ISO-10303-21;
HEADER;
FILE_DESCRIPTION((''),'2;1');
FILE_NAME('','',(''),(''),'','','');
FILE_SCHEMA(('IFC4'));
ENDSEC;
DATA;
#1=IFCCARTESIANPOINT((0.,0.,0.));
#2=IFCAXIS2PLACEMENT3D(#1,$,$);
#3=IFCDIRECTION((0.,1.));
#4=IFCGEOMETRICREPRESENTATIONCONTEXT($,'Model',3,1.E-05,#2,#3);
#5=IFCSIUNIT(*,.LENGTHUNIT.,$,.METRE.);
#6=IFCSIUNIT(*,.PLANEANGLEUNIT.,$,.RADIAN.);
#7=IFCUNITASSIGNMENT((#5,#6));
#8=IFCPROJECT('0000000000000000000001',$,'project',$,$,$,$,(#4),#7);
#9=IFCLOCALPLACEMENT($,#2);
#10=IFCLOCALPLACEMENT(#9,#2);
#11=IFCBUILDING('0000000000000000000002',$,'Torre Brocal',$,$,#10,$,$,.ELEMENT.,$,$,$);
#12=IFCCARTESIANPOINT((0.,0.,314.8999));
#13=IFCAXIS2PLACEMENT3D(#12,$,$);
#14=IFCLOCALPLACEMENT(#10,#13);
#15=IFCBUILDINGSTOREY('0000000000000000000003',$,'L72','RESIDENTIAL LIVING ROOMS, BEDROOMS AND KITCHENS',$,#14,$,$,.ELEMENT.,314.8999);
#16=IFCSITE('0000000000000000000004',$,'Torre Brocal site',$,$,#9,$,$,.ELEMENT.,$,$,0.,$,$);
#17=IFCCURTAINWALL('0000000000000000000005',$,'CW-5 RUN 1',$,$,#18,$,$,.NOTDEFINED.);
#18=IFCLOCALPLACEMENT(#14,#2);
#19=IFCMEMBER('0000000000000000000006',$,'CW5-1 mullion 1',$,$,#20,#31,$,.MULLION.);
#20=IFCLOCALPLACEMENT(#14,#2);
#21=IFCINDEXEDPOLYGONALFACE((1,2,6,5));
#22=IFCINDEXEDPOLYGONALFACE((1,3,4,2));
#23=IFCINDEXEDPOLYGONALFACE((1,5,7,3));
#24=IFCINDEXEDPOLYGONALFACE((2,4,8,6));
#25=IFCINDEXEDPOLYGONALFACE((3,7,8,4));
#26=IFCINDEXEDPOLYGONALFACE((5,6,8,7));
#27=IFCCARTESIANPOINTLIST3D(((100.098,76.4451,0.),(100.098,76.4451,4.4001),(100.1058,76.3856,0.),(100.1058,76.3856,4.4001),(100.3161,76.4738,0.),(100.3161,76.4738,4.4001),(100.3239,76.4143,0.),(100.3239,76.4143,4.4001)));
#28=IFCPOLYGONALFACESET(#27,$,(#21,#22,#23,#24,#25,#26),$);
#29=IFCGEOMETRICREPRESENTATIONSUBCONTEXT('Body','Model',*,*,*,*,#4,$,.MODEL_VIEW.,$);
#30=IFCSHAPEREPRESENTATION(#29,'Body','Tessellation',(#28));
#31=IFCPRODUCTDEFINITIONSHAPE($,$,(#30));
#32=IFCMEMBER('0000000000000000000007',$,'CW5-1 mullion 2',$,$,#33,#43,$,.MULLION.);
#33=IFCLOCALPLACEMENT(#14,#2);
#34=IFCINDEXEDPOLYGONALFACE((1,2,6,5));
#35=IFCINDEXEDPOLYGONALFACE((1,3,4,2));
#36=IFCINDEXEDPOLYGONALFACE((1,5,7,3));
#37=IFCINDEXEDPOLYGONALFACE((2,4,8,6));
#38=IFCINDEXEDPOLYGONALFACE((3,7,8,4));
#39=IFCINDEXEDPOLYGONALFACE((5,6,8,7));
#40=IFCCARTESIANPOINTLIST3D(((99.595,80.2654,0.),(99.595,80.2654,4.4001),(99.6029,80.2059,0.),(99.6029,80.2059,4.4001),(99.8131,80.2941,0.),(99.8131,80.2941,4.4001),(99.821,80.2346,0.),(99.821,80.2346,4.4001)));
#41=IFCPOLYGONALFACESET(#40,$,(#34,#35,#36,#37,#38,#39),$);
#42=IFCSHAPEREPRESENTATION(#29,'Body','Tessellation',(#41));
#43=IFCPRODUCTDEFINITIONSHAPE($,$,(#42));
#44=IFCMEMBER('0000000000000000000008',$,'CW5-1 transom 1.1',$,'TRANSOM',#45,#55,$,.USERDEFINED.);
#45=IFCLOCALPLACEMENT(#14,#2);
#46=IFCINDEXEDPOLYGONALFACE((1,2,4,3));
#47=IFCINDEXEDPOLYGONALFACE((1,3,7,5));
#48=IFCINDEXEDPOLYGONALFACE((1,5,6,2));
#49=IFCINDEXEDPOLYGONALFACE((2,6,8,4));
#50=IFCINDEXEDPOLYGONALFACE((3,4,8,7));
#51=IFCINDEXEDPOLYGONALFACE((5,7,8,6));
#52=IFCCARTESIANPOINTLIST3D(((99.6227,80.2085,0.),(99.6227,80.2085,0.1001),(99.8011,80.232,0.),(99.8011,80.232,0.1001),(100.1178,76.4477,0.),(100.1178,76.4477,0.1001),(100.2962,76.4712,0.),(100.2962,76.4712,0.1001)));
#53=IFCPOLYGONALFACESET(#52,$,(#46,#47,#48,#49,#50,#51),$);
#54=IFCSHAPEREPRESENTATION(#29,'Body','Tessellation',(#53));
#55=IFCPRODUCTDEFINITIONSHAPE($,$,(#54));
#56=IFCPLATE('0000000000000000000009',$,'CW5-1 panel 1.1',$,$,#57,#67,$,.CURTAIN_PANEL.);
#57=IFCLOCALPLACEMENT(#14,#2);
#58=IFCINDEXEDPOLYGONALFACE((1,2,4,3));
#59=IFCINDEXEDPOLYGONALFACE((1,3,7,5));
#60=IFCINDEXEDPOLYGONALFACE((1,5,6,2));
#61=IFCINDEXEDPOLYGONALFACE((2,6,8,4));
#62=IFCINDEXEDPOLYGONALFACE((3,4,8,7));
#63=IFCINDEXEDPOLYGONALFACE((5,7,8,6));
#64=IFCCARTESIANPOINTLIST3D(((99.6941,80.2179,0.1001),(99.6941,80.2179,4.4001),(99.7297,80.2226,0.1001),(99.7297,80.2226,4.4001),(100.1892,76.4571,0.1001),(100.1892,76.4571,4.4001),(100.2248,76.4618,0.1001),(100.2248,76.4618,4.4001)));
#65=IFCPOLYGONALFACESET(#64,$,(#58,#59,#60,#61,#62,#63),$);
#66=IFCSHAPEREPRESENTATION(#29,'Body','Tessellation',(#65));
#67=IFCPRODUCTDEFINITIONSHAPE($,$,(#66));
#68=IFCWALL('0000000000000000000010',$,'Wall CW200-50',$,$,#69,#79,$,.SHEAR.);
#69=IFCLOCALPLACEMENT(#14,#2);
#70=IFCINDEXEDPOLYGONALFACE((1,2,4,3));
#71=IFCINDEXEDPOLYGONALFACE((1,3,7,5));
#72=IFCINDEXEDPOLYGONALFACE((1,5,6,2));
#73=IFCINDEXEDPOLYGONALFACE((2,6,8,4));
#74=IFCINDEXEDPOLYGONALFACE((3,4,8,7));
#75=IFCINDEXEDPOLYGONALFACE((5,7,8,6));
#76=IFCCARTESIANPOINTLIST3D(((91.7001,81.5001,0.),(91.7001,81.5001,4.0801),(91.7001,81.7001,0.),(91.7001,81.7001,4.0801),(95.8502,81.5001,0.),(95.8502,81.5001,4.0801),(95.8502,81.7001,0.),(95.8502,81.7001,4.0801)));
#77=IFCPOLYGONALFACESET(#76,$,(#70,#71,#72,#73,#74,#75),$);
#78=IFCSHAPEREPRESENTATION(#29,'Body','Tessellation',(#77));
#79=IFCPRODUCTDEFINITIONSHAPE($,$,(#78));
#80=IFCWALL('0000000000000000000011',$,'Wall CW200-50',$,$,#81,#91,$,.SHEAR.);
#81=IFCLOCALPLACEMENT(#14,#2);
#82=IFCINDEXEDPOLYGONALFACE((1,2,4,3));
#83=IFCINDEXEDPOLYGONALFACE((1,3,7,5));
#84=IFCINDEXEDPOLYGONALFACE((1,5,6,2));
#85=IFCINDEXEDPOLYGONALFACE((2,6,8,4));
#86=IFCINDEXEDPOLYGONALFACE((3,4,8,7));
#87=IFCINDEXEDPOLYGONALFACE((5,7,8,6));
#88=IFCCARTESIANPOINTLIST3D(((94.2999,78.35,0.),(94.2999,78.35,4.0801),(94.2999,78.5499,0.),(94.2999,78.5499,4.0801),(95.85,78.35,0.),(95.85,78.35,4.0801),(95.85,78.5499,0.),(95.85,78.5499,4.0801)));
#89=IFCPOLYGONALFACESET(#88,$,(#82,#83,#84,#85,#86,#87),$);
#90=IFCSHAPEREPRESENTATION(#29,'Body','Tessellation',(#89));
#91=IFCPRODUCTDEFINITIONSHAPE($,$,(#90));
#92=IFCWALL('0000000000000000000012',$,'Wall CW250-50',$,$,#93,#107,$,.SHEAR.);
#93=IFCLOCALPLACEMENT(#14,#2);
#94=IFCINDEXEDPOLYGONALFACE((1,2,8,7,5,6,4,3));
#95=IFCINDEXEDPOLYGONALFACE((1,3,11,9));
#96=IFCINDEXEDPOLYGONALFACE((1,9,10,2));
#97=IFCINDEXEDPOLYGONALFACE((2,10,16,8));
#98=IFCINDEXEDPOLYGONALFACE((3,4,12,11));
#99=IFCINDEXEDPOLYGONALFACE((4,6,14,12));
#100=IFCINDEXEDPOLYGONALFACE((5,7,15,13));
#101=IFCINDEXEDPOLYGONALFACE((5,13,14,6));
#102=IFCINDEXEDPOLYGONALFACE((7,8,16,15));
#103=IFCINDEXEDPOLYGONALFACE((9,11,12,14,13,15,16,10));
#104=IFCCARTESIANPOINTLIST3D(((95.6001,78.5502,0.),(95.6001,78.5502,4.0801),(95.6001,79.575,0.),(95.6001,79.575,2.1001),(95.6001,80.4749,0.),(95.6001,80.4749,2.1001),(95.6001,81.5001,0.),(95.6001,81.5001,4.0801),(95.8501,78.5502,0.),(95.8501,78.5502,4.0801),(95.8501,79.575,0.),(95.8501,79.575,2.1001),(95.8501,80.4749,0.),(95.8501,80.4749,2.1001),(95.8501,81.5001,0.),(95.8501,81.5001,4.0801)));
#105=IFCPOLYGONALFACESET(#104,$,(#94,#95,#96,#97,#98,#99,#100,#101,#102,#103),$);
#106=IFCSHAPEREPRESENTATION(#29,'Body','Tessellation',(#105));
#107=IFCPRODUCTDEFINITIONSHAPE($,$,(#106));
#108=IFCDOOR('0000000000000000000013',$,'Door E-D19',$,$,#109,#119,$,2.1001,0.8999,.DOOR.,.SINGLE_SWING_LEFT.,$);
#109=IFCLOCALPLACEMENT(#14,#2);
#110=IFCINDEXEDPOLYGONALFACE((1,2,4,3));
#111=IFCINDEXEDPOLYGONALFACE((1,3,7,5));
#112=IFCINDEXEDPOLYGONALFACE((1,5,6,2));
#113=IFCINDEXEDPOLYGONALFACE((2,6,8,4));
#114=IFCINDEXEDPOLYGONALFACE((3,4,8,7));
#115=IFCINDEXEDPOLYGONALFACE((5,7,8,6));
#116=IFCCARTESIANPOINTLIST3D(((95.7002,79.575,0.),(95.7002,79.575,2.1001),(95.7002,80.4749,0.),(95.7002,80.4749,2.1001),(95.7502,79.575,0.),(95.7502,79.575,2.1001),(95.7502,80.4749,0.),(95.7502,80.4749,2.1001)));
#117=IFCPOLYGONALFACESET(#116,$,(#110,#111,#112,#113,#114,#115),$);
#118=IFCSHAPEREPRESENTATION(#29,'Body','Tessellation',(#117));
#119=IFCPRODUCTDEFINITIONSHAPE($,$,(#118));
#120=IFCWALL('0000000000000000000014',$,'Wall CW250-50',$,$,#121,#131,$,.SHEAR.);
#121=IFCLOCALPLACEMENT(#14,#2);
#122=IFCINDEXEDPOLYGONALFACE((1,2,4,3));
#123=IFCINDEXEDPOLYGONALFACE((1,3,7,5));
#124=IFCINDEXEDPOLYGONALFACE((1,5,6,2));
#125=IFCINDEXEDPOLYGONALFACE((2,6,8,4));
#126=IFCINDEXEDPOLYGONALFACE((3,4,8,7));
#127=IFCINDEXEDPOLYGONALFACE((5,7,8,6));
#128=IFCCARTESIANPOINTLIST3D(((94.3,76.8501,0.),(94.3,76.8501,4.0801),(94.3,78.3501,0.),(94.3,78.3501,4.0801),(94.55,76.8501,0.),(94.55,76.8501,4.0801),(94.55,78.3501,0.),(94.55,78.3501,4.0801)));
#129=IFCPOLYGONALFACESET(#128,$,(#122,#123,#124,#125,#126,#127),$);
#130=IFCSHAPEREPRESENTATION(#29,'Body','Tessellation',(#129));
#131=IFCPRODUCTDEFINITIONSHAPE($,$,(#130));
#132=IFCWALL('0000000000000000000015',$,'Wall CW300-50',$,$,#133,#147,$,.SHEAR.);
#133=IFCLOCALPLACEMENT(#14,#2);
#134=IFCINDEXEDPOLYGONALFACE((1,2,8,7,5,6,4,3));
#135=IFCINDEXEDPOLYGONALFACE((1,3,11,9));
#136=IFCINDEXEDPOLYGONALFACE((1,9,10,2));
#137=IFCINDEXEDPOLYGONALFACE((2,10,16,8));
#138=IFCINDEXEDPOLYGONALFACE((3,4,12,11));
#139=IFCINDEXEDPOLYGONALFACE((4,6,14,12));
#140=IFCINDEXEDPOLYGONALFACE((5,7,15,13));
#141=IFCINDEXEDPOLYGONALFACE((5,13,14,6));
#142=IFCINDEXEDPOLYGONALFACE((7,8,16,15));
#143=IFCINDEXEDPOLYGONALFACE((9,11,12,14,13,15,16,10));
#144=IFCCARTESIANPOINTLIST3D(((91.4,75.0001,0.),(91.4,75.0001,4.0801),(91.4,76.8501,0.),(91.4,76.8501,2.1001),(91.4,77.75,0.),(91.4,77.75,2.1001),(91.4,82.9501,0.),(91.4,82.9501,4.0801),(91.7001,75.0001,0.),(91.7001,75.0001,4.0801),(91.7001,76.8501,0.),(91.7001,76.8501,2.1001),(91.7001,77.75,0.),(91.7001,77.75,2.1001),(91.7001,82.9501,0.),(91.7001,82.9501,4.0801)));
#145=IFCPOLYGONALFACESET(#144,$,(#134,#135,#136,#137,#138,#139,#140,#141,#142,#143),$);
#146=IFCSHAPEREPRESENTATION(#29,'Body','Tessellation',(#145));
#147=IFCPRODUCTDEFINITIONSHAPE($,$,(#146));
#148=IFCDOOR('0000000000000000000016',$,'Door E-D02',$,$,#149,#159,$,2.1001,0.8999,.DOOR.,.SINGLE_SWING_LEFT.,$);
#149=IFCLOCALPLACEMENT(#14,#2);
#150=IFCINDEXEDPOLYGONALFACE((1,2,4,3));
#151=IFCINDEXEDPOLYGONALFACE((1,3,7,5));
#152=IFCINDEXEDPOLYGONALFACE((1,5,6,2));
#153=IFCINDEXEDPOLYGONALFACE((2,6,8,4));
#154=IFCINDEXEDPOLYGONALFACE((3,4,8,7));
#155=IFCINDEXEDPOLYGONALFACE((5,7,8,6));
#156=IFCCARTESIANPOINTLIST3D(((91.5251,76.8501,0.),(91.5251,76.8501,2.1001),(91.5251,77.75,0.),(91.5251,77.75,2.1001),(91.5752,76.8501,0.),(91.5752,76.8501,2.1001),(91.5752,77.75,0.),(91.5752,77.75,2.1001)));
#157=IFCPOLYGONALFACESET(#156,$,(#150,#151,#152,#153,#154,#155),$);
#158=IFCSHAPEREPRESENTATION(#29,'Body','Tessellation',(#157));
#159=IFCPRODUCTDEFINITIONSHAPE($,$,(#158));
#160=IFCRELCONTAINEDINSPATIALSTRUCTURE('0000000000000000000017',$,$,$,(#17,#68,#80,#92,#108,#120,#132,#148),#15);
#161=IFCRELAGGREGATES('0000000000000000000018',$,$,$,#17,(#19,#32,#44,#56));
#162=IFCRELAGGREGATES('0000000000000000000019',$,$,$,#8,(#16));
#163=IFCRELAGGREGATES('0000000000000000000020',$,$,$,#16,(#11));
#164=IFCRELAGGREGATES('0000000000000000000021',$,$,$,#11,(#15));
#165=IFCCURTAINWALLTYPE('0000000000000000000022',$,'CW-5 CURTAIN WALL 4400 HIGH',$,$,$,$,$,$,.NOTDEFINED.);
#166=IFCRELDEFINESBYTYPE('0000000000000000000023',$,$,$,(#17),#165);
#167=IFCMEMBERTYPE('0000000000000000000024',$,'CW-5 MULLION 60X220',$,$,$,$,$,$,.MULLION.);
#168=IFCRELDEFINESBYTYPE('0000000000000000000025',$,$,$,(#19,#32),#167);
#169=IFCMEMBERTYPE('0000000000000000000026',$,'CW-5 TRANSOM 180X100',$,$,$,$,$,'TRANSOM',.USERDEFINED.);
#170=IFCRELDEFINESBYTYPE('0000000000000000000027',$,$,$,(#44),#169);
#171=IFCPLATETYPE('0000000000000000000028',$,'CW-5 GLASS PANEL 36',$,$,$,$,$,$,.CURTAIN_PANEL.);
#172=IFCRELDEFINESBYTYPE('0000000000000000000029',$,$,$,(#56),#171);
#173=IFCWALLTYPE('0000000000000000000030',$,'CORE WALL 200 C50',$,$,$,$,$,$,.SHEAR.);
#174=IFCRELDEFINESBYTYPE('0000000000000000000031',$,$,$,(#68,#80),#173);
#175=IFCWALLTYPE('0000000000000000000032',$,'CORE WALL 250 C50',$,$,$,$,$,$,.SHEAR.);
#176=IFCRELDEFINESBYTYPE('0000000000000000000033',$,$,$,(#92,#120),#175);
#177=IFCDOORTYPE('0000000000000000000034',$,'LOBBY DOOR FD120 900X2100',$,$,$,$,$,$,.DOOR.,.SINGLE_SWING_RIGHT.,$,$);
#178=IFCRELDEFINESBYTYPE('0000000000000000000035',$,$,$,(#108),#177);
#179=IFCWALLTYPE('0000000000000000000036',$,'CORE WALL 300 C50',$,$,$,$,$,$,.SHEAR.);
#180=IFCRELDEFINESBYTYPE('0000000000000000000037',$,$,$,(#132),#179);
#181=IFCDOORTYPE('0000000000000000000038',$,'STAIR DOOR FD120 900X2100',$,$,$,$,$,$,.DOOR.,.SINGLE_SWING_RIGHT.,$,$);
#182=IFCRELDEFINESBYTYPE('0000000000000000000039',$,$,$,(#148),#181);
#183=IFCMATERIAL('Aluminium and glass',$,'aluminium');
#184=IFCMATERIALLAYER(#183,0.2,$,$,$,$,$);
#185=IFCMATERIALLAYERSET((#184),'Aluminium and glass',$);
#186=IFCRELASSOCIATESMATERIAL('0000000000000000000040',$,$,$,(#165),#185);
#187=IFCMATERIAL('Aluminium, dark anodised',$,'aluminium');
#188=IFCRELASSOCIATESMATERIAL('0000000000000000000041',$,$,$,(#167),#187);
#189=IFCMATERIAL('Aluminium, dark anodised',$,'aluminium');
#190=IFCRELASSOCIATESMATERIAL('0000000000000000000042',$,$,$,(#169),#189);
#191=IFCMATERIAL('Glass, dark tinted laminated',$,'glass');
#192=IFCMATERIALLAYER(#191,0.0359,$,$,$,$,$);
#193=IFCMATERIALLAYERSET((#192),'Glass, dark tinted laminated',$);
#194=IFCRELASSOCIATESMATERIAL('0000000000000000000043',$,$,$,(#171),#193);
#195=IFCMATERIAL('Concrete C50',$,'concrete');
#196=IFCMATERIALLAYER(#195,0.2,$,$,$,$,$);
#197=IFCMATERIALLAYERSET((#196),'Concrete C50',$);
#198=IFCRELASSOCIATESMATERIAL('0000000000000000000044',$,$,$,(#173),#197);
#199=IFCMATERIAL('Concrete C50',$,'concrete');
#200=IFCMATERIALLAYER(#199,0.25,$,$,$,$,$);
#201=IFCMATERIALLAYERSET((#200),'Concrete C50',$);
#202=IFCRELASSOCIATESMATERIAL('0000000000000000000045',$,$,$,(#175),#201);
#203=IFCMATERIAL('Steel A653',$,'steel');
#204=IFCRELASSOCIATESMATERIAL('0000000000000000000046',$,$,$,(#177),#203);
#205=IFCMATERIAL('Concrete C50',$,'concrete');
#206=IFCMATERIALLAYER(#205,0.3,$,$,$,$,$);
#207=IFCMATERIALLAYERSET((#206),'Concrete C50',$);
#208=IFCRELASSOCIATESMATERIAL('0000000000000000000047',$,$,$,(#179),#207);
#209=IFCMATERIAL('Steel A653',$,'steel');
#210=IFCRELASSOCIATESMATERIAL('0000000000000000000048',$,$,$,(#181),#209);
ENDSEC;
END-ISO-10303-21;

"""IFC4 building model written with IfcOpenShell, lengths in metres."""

from ifc_helpers import new_model, si_unit, direction, frame, frame_2d, origin, origin_2d, place, context, subcontext, project, spatial, rectangle, extrude, material, layer, layer_set, material_profile, profile_set, type_object, element, fill, aggregate, save


model = new_model("IFC4")

# Units and contexts
model_context = context("Model", 3, precision=1e-05, world=origin(), true_north=direction((0.0, 1.0)))
body_context = subcontext(model_context, "Body", "Model", "MODEL_VIEW")
ifc_project = project(units=[si_unit("LENGTHUNIT", "METRE"), si_unit("PLANEANGLEUNIT", "RADIAN")], contexts=[model_context])

# Site, building, storey
site_placement = place(None, origin())
site = spatial("IfcSite", under=ifc_project, at=site_placement, Name="Torre Brocal site", CompositionType="ELEMENT", RefElevation=0.0)
building_placement = place(site_placement, origin())
building = spatial("IfcBuilding", under=site, at=building_placement, Name="Torre Brocal", CompositionType="ELEMENT")
storey_placement = place(building_placement, frame((0.0, 0.0, 314.8999)))
storey = spatial("IfcBuildingStorey", under=building, at=storey_placement, Name="L72", Description="RESIDENTIAL LIVING ROOMS, BEDROOMS AND KITCHENS", CompositionType="ELEMENT", Elevation=314.8999)

# Curtain wall, members, plate
ifc_material_1 = material(Name="Aluminium and glass", Category="aluminium")
ifc_layer_1 = layer(ifc_material_1, 0.2)
ifc_layer_set_1 = layer_set([ifc_layer_1], Name="Aluminium and glass")
curtain_wall_type = type_object("IfcCurtainWallType", Name="CW-5 CURTAIN WALL 4400 HIGH", PredefinedType="NOTDEFINED", material=ifc_layer_set_1)
curtain_wall_placement = place(storey_placement, origin())
curtain_wall = element("IfcCurtainWall", 1, at=curtain_wall_placement, inside=storey, type_object=curtain_wall_type, Name="CW-5 RUN 1", PredefinedType="NOTDEFINED")
ifc_material_2 = material(Name="Aluminium, dark anodised", Category="aluminium")
ifc_material_profile_1 = material_profile(ifc_material_2, rectangle(XDim=0.22, YDim=0.0601, at=origin_2d()), Name="CW-5 MULLION 60X220")
ifc_profile_set_1 = profile_set([ifc_material_profile_1], Name="Aluminium, dark anodised")
member_type_1 = type_object("IfcMemberType", Name="CW-5 MULLION 60X220", PredefinedType="MULLION", material=ifc_profile_set_1)
member_1_placement = place(storey_placement, frame((100.2109, 76.4297, 0.0), z_axis=(0.0, 0.0, 1.0), x_axis=(-0.991445, -0.130526, 0.0)))
member_1 = element("IfcMember", 2, at=member_1_placement, type_object=member_type_1, Name="CW5-1 mullion 1", PredefinedType="MULLION", context=body_context, shape_type="SweptSolid", body=[
    extrude(rectangle(XDim=0.22, YDim=0.0601, at=origin_2d()), origin(), (0.0, 0.0, 1.0), 4.4001),
])
member_2_placement = place(storey_placement, frame((99.708, 80.25, 0.0), z_axis=(0.0, 0.0, 1.0), x_axis=(-0.991445, -0.130526, 0.0)))
member_2 = element("IfcMember", 3, at=member_2_placement, type_object=member_type_1, Name="CW5-1 mullion 2", PredefinedType="MULLION", context=body_context, shape_type="SweptSolid", body=[
    extrude(rectangle(XDim=0.22, YDim=0.0601, at=origin_2d()), origin(), (0.0, 0.0, 1.0), 4.4001),
])
ifc_material_3 = material(Name="Aluminium, dark anodised", Category="aluminium")
ifc_material_profile_2 = material_profile(ifc_material_3, rectangle(XDim=0.1799, YDim=0.1001, at=origin_2d()), Name="CW-5 TRANSOM 180X100")
ifc_profile_set_2 = profile_set([ifc_material_profile_2], Name="Aluminium, dark anodised")
member_type_2 = type_object("IfcMemberType", Name="CW-5 TRANSOM 180X100", ElementType="TRANSOM", PredefinedType="USERDEFINED", material=ifc_profile_set_2)
member_3_placement = place(storey_placement, frame((100.207, 76.4595, 0.05), z_axis=(-0.130528, 0.991445, 0.0), x_axis=(-0.991445, -0.130528, 0.0)))
member_3 = element("IfcMember", 4, at=member_3_placement, type_object=member_type_2, Name="CW5-1 transom 1.1", ObjectType="TRANSOM", PredefinedType="USERDEFINED", context=body_context, shape_type="SweptSolid", body=[
    extrude(rectangle(XDim=0.1799, YDim=0.1001, at=origin_2d()), origin(), (0.0, 0.0, 1.0), 3.7932),
])
ifc_material_4 = material(Name="Glass, dark tinted laminated", Category="glass")
ifc_layer_2 = layer(ifc_material_4, 0.0359)
ifc_layer_set_2 = layer_set([ifc_layer_2], Name="Glass, dark tinted laminated")
plate_type = type_object("IfcPlateType", Name="CW-5 GLASS PANEL 36", PredefinedType="CURTAIN_PANEL", material=ifc_layer_set_2)
plate_placement = place(storey_placement, frame((99.9595, 78.3398, 0.1001), z_axis=(0.0, 0.0, 1.0), x_axis=(-0.130526, 0.991445, 0.0)))
plate = element("IfcPlate", 5, at=plate_placement, type_object=plate_type, Name="CW5-1 panel 1.1", PredefinedType="CURTAIN_PANEL", context=body_context, shape_type="SweptSolid", body=[
    extrude(rectangle(XDim=3.7932, YDim=0.0359, at=origin_2d()), origin(), (0.0, 0.0, 1.0), 4.3),
])
aggregate(curtain_wall, [member_1, member_2, member_3, plate])

# Walls
ifc_material_5 = material(Name="Concrete C50", Category="concrete")
ifc_layer_3 = layer(ifc_material_5, 0.2)
ifc_layer_set_3 = layer_set([ifc_layer_3], Name="Concrete C50")
wall_type_1 = type_object("IfcWallType", Name="CORE WALL 200 C50", PredefinedType="SHEAR", material=ifc_layer_set_3)
wall_1_placement = place(storey_placement, frame((91.7, 81.6001, 0.0), z_axis=(0.0, 0.0, 1.0), x_axis=(1.0, 0.0, 0.0)))
element("IfcWall", 6, at=wall_1_placement, inside=storey, type_object=wall_type_1, Name="Wall CW200-50", PredefinedType="SHEAR", context=body_context, shape_type="SweptSolid", body=[
    extrude(rectangle(XDim=4.1501, YDim=0.2, at=frame_2d((2.0752, 0.0))), origin(), (0.0, 0.0, 1.0), 4.0801),
])
wall_2_placement = place(storey_placement, frame((94.3, 78.45, 0.0), z_axis=(0.0, 0.0, 1.0), x_axis=(1.0, 0.0, 0.0)))
element("IfcWall", 7, at=wall_2_placement, inside=storey, type_object=wall_type_1, Name="Wall CW200-50", PredefinedType="SHEAR", context=body_context, shape_type="SweptSolid", body=[
    extrude(rectangle(XDim=1.55, YDim=0.2, at=frame_2d((0.7749, 0.0))), origin(), (0.0, 0.0, 1.0), 4.0801),
])

# Wall, opening, door
ifc_material_6 = material(Name="Concrete C50", Category="concrete")
ifc_layer_4 = layer(ifc_material_6, 0.25)
ifc_layer_set_4 = layer_set([ifc_layer_4], Name="Concrete C50")
wall_type_2 = type_object("IfcWallType", Name="CORE WALL 250 C50", PredefinedType="SHEAR", material=ifc_layer_set_4)
wall_3_placement = place(storey_placement, frame((95.7251, 78.55, 0.0), z_axis=(0.0, 0.0, 1.0), x_axis=(0.0, 1.0, 0.0)))
wall_3 = element("IfcWall", 8, at=wall_3_placement, inside=storey, type_object=wall_type_2, Name="Wall CW250-50", PredefinedType="SHEAR", context=body_context, shape_type="SweptSolid", body=[
    extrude(rectangle(XDim=2.95, YDim=0.25, at=frame_2d((1.4751, 0.0))), origin(), (0.0, 0.0, 1.0), 4.0801),
])
opening_1_placement = place(wall_3_placement, frame((1.0249, 0.0, 0.0)))
opening_1 = element("IfcOpeningElement", 9, at=opening_1_placement, cuts=wall_3, PredefinedType="OPENING", context=body_context, shape_type="SweptSolid", body=[
    extrude(rectangle(XDim=0.8999, YDim=2.1001, at=frame_2d((0.45, 1.05))), frame((0.0, 0.135, 0.0), z_axis=(0.0, -1.0, 0.0), x_axis=(1.0, 0.0, 0.0)), (0.0, 0.0, 1.0), 0.27),
])
ifc_material_7 = material(Name="Steel A653", Category="steel")
door_type_1 = type_object("IfcDoorType", Name="LOBBY DOOR FD120 900X2100", OperationType="SINGLE_SWING_RIGHT", PredefinedType="DOOR", material=ifc_material_7)
door_1_placement = place(opening_1_placement, origin())
door_1 = element("IfcDoor", 10, at=door_1_placement, inside=storey, type_object=door_type_1, Name="Door E-D19", OperationType="SINGLE_SWING_LEFT", OverallHeight=2.1001, OverallWidth=0.8999, PredefinedType="DOOR", context=body_context, shape_type="SweptSolid", body=[
    extrude(rectangle(XDim=0.8999, YDim=2.1001, at=frame_2d((0.45, 1.05))), frame((0.0, 0.0249, 0.0), z_axis=(0.0, -1.0, 0.0), x_axis=(1.0, 0.0, 0.0)), (0.0, 0.0, 1.0), 0.05),
])
fill(opening_1, door_1)

# Wall
wall_4_placement = place(storey_placement, frame((94.425, 76.8501, 0.0), z_axis=(0.0, 0.0, 1.0), x_axis=(0.0, 1.0, 0.0)))
element("IfcWall", 11, at=wall_4_placement, inside=storey, type_object=wall_type_2, Name="Wall CW250-50", PredefinedType="SHEAR", context=body_context, shape_type="SweptSolid", body=[
    extrude(rectangle(XDim=1.5, YDim=0.25, at=frame_2d((0.75, 0.0))), origin(), (0.0, 0.0, 1.0), 4.0801),
])

# Wall, opening, door
ifc_material_8 = material(Name="Concrete C50", Category="concrete")
ifc_layer_5 = layer(ifc_material_8, 0.3)
ifc_layer_set_5 = layer_set([ifc_layer_5], Name="Concrete C50")
wall_type_3 = type_object("IfcWallType", Name="CORE WALL 300 C50", PredefinedType="SHEAR", material=ifc_layer_set_5)
wall_5_placement = place(storey_placement, frame((91.55, 75.0, 0.0), z_axis=(0.0, 0.0, 1.0), x_axis=(0.0, 1.0, 0.0)))
wall_5 = element("IfcWall", 12, at=wall_5_placement, inside=storey, type_object=wall_type_3, Name="Wall CW300-50", PredefinedType="SHEAR", context=body_context, shape_type="SweptSolid", body=[
    extrude(rectangle(XDim=7.95, YDim=0.3, at=frame_2d((3.9751, 0.0))), origin(), (0.0, 0.0, 1.0), 4.0801),
])
opening_2_placement = place(wall_5_placement, frame((1.8501, 0.0, 0.0)))
opening_2 = element("IfcOpeningElement", 13, at=opening_2_placement, cuts=wall_5, PredefinedType="OPENING", context=body_context, shape_type="SweptSolid", body=[
    extrude(rectangle(XDim=0.8999, YDim=2.1001, at=frame_2d((0.45, 1.05))), frame((0.0, 0.1599, 0.0), z_axis=(0.0, -1.0, 0.0), x_axis=(1.0, 0.0, 0.0)), (0.0, 0.0, 1.0), 0.3201),
])
ifc_material_9 = material(Name="Steel A653", Category="steel")
door_type_2 = type_object("IfcDoorType", Name="STAIR DOOR FD120 900X2100", OperationType="SINGLE_SWING_RIGHT", PredefinedType="DOOR", material=ifc_material_9)
door_2_placement = place(opening_2_placement, origin())
door_2 = element("IfcDoor", 14, at=door_2_placement, inside=storey, type_object=door_type_2, Name="Door E-D02", OperationType="SINGLE_SWING_LEFT", OverallHeight=2.1001, OverallWidth=0.8999, PredefinedType="DOOR", context=body_context, shape_type="SweptSolid", body=[
    extrude(rectangle(XDim=0.8999, YDim=2.1001, at=frame_2d((0.45, 1.05))), frame((0.0, 0.0249, 0.0), z_axis=(0.0, -1.0, 0.0), x_axis=(1.0, 0.0, 0.0)), (0.0, 0.0, 1.0), 0.05),
])
fill(opening_2, door_2)

save(model, "model.ifc")
